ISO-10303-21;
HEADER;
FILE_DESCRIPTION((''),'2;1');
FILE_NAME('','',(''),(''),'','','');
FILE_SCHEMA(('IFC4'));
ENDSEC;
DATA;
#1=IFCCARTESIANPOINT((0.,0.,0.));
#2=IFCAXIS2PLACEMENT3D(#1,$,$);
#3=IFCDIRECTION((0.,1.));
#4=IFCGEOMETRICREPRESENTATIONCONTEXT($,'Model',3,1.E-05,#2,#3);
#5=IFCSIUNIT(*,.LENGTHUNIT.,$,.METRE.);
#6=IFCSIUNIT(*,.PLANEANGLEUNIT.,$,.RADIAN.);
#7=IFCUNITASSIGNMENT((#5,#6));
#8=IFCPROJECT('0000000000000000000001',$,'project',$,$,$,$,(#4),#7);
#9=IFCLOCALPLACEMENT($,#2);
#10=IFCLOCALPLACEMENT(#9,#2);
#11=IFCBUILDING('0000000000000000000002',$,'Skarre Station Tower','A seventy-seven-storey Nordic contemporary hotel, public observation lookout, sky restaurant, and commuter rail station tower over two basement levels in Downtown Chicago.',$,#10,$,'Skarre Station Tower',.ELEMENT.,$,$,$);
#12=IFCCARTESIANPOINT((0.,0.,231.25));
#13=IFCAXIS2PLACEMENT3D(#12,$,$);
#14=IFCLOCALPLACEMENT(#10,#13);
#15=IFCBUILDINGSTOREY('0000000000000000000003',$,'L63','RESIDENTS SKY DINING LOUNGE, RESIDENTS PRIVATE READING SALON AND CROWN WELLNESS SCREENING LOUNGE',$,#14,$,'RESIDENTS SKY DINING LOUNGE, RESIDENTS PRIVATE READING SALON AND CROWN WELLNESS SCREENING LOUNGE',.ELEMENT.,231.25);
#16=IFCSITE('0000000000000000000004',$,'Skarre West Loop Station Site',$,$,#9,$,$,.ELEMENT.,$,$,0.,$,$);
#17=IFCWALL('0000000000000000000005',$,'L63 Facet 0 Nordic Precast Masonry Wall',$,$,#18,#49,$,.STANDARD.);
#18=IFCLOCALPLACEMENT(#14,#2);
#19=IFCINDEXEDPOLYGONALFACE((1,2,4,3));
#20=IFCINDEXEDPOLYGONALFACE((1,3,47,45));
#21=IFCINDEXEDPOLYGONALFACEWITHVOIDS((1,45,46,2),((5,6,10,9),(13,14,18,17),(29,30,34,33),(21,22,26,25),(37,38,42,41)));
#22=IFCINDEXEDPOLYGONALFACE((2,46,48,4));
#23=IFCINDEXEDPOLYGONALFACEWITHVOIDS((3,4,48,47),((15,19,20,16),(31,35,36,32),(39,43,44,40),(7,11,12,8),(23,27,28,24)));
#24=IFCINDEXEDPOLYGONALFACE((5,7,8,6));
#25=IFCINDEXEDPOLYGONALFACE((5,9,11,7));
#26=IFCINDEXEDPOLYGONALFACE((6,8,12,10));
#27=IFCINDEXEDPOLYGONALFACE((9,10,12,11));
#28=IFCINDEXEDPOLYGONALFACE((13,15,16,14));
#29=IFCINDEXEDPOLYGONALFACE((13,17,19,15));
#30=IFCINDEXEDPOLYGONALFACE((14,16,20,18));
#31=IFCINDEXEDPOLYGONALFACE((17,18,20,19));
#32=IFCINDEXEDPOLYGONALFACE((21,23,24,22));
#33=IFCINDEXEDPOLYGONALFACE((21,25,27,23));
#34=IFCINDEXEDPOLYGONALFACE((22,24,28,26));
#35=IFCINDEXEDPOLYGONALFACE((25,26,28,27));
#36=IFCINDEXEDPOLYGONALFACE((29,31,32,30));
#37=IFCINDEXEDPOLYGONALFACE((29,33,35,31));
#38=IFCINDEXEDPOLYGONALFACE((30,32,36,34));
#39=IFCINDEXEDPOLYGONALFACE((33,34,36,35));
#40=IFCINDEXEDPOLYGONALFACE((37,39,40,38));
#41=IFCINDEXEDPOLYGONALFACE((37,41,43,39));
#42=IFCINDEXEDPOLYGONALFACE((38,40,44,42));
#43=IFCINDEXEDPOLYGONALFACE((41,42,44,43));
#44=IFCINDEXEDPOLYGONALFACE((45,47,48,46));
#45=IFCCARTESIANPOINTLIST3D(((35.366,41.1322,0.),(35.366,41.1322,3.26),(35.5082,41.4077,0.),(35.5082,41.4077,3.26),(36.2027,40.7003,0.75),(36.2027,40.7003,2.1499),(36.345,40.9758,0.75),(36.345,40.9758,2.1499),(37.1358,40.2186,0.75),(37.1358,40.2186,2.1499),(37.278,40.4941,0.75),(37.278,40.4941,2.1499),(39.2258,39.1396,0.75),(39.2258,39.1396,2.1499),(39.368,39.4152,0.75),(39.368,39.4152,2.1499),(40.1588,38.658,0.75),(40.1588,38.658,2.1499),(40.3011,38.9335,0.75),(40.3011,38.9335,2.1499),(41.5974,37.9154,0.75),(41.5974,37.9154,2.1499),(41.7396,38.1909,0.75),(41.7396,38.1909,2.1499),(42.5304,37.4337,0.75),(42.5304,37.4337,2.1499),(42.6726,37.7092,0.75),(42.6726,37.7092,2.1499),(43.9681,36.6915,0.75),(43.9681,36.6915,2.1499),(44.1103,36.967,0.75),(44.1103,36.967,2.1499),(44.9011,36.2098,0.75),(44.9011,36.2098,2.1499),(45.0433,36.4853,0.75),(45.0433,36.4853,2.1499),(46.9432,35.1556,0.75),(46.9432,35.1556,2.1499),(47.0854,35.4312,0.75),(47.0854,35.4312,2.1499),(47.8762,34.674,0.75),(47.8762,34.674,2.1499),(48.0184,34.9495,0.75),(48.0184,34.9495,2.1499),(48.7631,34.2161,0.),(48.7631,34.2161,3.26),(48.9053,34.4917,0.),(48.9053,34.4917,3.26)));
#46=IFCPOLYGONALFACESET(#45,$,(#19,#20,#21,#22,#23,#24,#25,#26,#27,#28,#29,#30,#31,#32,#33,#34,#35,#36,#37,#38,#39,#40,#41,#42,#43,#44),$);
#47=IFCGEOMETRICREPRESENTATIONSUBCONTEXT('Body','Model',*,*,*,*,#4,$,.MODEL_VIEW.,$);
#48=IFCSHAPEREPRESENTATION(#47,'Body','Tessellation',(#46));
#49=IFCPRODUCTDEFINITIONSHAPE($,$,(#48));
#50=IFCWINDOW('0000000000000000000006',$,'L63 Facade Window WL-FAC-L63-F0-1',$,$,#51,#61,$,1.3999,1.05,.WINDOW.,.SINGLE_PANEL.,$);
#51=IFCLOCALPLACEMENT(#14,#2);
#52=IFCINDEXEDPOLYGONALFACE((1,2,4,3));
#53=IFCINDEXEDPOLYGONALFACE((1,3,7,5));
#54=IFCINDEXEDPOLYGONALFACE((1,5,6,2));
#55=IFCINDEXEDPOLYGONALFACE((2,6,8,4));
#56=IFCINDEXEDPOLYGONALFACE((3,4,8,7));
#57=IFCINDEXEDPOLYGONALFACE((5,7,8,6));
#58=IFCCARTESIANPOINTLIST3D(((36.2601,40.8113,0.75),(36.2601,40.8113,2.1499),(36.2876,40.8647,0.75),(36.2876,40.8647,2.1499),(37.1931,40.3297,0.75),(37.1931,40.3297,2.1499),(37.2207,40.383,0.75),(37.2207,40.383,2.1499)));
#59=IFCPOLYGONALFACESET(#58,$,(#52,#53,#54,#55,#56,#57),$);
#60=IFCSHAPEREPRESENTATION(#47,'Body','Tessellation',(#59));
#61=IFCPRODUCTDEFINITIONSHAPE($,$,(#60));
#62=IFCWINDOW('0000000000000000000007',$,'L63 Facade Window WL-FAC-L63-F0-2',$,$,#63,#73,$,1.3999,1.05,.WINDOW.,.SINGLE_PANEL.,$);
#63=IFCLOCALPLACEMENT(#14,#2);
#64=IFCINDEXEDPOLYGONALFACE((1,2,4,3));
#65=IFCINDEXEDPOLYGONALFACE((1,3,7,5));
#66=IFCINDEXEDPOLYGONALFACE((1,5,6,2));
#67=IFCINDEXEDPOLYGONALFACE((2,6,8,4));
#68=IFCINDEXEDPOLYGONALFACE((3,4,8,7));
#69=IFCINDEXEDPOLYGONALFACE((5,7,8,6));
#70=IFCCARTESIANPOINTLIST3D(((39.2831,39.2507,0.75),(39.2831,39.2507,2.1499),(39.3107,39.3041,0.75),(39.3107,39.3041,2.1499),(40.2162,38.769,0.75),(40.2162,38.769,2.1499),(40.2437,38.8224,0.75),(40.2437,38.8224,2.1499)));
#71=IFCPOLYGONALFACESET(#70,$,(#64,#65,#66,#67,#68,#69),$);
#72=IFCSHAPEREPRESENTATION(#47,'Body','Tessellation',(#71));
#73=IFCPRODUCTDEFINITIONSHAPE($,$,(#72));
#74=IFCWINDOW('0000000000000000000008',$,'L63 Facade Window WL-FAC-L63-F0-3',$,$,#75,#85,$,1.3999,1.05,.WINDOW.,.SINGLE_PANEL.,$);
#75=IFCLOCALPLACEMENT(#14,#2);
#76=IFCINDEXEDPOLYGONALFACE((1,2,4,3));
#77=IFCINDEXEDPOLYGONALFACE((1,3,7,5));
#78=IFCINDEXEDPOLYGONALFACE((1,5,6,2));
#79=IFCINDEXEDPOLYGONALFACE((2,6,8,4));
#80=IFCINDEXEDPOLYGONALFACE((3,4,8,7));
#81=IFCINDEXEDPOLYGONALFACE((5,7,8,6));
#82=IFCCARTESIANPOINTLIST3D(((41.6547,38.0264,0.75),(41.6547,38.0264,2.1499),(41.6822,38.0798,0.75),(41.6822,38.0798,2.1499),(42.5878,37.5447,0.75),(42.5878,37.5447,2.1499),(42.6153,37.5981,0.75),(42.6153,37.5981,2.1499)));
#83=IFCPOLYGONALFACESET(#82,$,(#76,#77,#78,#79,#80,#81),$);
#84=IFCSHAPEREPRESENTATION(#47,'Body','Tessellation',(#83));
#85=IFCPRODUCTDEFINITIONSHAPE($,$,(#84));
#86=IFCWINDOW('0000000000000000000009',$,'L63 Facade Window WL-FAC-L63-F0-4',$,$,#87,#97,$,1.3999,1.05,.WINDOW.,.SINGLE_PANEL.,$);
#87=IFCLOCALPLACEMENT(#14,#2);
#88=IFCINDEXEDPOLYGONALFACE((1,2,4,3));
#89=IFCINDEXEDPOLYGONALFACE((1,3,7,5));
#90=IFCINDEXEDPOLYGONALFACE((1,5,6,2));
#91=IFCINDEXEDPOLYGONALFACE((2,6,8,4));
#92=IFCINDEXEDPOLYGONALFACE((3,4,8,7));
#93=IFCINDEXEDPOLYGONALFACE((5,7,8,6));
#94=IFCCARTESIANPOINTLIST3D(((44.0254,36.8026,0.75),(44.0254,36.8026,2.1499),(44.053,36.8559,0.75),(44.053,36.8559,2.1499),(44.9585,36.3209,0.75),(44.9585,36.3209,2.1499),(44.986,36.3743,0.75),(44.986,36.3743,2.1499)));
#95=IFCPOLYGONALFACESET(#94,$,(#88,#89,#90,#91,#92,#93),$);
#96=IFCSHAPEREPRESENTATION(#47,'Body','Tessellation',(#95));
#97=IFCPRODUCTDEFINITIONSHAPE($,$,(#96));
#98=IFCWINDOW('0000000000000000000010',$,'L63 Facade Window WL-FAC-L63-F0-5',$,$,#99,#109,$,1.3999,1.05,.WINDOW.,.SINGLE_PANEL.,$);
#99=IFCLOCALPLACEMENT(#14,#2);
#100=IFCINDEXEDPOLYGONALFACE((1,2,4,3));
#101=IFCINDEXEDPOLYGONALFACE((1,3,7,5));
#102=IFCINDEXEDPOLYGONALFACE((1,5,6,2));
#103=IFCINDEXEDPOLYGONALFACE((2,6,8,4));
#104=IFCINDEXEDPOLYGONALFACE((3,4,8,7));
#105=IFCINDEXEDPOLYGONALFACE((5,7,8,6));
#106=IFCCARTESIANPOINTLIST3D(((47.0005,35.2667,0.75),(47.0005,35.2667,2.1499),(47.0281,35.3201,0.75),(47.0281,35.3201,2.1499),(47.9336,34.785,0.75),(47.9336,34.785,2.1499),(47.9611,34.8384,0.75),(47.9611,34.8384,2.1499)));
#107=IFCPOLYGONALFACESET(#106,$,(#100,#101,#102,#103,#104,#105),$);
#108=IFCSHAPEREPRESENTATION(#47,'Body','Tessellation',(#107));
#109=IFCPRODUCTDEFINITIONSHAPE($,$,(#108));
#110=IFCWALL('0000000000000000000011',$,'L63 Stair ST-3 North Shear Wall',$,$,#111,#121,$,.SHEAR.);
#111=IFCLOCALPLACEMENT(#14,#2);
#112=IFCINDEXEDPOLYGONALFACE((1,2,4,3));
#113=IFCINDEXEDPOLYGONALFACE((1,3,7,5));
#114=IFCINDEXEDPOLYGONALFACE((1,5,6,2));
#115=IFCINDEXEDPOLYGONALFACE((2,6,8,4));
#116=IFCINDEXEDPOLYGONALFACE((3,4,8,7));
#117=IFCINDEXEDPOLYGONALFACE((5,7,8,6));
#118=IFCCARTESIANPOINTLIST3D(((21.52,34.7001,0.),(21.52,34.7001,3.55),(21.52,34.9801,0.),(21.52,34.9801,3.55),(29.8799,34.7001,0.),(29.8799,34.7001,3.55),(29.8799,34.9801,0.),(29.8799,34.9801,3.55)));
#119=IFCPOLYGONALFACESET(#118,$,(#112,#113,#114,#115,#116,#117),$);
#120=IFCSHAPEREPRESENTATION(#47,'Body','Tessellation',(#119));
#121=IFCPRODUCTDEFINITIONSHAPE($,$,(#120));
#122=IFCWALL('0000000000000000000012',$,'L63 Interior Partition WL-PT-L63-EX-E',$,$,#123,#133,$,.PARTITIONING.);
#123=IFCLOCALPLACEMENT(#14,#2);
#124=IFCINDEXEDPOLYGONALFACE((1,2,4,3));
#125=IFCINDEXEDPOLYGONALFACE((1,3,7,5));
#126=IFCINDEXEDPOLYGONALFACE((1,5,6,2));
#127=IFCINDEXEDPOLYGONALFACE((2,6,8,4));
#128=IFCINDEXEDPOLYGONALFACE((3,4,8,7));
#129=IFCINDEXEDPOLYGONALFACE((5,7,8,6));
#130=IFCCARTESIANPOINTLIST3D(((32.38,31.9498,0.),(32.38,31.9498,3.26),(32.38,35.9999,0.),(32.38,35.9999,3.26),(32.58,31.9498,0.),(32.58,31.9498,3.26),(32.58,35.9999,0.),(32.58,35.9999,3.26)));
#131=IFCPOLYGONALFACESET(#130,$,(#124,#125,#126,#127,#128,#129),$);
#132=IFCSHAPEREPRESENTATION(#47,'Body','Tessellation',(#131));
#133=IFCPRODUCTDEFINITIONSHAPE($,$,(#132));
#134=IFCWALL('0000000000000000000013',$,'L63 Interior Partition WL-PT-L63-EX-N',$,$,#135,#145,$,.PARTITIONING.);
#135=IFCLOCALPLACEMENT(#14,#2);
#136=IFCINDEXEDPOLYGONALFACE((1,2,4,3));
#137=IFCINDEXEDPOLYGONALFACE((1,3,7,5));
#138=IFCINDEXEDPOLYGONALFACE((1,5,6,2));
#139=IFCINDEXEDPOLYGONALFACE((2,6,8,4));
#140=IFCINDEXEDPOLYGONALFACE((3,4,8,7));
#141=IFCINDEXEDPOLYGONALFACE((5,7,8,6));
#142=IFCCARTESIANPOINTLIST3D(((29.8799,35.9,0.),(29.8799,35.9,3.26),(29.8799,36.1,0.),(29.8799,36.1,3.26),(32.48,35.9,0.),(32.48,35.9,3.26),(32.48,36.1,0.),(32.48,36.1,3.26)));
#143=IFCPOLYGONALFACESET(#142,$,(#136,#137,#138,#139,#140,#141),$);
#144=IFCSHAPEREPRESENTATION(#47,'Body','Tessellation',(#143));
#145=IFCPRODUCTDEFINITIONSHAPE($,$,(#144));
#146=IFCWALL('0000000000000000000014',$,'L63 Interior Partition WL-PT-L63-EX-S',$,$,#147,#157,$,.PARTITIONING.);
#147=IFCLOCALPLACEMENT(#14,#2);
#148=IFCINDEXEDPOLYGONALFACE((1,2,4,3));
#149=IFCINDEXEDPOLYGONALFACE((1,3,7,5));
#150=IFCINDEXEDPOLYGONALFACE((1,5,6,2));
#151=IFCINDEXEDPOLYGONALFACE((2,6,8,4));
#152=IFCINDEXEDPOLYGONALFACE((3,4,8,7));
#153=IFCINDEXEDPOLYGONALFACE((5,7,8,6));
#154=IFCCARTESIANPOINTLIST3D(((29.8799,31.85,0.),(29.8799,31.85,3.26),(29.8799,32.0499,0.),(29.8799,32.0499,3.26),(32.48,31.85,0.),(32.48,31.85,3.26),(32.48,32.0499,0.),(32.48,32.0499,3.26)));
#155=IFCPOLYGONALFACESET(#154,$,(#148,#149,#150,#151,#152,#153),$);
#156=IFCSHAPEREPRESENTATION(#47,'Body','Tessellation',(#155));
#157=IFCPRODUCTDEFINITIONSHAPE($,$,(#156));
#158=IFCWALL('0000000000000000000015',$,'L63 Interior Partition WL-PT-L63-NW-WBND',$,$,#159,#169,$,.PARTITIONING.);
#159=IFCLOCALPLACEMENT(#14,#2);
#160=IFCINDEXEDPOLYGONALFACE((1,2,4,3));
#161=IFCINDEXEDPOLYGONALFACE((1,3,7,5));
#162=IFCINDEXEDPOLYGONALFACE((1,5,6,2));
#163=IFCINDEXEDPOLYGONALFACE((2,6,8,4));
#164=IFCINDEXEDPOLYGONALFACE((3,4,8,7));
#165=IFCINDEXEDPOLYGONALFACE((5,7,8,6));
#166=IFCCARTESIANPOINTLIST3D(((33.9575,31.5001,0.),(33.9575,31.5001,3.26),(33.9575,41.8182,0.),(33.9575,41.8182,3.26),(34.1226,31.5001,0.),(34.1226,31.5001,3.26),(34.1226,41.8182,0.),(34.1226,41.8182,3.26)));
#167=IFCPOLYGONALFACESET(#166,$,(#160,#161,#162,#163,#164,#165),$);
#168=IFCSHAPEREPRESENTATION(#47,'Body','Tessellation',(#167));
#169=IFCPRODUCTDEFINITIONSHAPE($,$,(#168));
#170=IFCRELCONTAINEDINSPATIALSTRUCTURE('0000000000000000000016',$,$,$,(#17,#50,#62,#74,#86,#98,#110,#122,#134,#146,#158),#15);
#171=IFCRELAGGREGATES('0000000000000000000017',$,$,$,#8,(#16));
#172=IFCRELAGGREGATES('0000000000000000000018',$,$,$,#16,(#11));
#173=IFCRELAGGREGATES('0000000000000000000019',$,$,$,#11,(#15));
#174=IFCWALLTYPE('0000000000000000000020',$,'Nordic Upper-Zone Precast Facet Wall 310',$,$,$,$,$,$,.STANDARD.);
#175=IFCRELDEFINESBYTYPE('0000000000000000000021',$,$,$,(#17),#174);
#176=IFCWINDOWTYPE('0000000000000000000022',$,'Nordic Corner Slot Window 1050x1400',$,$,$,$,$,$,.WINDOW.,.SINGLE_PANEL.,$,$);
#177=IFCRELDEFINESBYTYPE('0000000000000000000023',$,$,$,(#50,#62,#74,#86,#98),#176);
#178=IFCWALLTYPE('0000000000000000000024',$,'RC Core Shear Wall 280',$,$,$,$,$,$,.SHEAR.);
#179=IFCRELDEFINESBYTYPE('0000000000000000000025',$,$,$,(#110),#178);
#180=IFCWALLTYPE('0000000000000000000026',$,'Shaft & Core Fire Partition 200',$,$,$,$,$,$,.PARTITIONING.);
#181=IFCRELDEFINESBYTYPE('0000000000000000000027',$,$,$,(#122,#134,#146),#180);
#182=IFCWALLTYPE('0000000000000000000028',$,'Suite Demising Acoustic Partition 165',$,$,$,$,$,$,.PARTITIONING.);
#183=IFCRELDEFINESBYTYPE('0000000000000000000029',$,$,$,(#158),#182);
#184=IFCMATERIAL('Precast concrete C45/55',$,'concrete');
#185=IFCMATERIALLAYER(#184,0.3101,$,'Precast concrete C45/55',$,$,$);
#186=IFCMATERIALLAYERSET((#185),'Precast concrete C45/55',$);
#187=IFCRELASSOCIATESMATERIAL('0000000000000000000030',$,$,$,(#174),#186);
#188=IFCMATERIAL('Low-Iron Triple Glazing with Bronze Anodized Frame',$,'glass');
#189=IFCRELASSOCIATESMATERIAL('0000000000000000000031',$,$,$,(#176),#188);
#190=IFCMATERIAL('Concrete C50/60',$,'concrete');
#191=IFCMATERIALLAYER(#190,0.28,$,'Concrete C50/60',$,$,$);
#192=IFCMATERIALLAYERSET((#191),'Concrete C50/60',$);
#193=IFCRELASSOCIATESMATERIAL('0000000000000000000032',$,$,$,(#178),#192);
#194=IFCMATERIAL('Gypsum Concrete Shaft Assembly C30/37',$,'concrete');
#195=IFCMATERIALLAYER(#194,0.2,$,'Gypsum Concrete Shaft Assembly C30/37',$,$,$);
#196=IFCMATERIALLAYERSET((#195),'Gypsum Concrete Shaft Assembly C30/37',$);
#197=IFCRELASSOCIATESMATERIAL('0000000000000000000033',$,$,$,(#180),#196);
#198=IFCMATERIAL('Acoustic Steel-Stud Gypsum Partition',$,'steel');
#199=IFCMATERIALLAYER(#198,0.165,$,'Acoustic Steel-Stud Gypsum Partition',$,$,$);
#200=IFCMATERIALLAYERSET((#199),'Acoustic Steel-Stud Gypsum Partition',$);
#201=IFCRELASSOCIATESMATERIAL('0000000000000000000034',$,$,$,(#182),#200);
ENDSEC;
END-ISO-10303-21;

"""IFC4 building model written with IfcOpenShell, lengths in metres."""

from ifc_helpers import new_model, si_unit, direction, frame, frame_2d, origin, place, context, subcontext, project, spatial, rectangle, extrude, material, layer, layer_set, type_object, element, fill, save


model = new_model("IFC4")

# Units and contexts
model_context = context("Model", 3, precision=1e-05, world=origin(), true_north=direction((0.0, 1.0)))
body_context = subcontext(model_context, "Body", "Model", "MODEL_VIEW")
ifc_project = project(units=[si_unit("LENGTHUNIT", "METRE"), si_unit("PLANEANGLEUNIT", "RADIAN")], contexts=[model_context])

# Site, building, storey
site_placement = place(None, origin())
site = spatial("IfcSite", under=ifc_project, at=site_placement, Name="Skarre West Loop Station Site", CompositionType="ELEMENT", RefElevation=0.0)
building_placement = place(site_placement, origin())
building = spatial("IfcBuilding", under=site, at=building_placement, Name="Skarre Station Tower", Description="A seventy-seven-storey Nordic contemporary hotel, public observation lookout, sky restaurant, and commuter rail station tower over two basement levels in Downtown Chicago.", LongName="Skarre Station Tower", CompositionType="ELEMENT")
storey_placement = place(building_placement, frame((0.0, 0.0, 231.25)))
storey = spatial("IfcBuildingStorey", under=building, at=storey_placement, Name="L63", Description="RESIDENTS SKY DINING LOUNGE, RESIDENTS PRIVATE READING SALON AND CROWN WELLNESS SCREENING LOUNGE", LongName="RESIDENTS SKY DINING LOUNGE, RESIDENTS PRIVATE READING SALON AND CROWN WELLNESS SCREENING LOUNGE", CompositionType="ELEMENT", Elevation=231.25)

# Shared definitions
ifc_material_1 = material(Name="Concrete C50/60", Category="concrete")

# Shared definitions
ifc_material_2 = material(Name="Acoustic Steel-Stud Gypsum Partition", Category="steel")

# Shared definitions
ifc_material_3 = material(Name="Precast concrete C45/55", Category="concrete")

# Wall, openings, windows
ifc_layer_1 = layer(ifc_material_3, 0.3101, Name="Precast concrete C45/55")
ifc_layer_set_1 = layer_set([ifc_layer_1], Name="Precast concrete C45/55")
wall_type_1 = type_object("IfcWallType", Name="Nordic Upper-Zone Precast Facet Wall 310", PredefinedType="STANDARD", material=ifc_layer_set_1)
wall_1_placement = place(storey_placement, frame((35.437, 41.27, 0.0), z_axis=(0.0, 0.0, 1.0), x_axis=(0.888581, -0.458719, 0.0)))
wall_1 = element("IfcWall", 1, at=wall_1_placement, inside=storey, type_object=wall_type_1, Name="L63 Facet 0 Nordic Precast Masonry Wall", PredefinedType="STANDARD", context=body_context, shape_type="SweptSolid", body=[
    extrude(rectangle(XDim=15.0769, YDim=0.3101, at=frame_2d((7.5386, 0.0))), origin(), (0.0, 0.0, 1.0), 3.26),
])
opening_1_placement = place(wall_1_placement, frame((0.9419, 0.0, 0.75)))
opening_1 = element("IfcOpeningElement", 2, at=opening_1_placement, cuts=wall_1, PredefinedType="OPENING", context=body_context, shape_type="SweptSolid", body=[
    extrude(rectangle(XDim=1.05, YDim=1.3999, at=frame_2d((0.5249, 0.7))), frame((0.0, 0.165, 0.0), z_axis=(0.0, -1.0, 0.0), x_axis=(1.0, 0.0, 0.0)), (0.0, 0.0, 1.0), 0.3301),
])
opening_2_placement = place(wall_1_placement, frame((4.344, 0.0, 0.75)))
opening_2 = element("IfcOpeningElement", 3, at=opening_2_placement, cuts=wall_1, PredefinedType="OPENING", context=body_context, shape_type="SweptSolid", body=[
    extrude(rectangle(XDim=1.05, YDim=1.3999, at=frame_2d((0.5249, 0.7))), frame((0.0, 0.165, 0.0), z_axis=(0.0, -1.0, 0.0), x_axis=(1.0, 0.0, 0.0)), (0.0, 0.0, 1.0), 0.3301),
])
opening_3_placement = place(wall_1_placement, frame((7.0129, 0.0, 0.75)))
opening_3 = element("IfcOpeningElement", 4, at=opening_3_placement, cuts=wall_1, PredefinedType="OPENING", context=body_context, shape_type="SweptSolid", body=[
    extrude(rectangle(XDim=1.05, YDim=1.3999, at=frame_2d((0.5249, 0.7))), frame((0.0, 0.165, 0.0), z_axis=(0.0, -1.0, 0.0), x_axis=(1.0, 0.0, 0.0)), (0.0, 0.0, 1.0), 0.3301),
])
opening_4_placement = place(wall_1_placement, frame((9.6809, 0.0, 0.75)))
opening_4 = element("IfcOpeningElement", 5, at=opening_4_placement, cuts=wall_1, PredefinedType="OPENING", context=body_context, shape_type="SweptSolid", body=[
    extrude(rectangle(XDim=1.05, YDim=1.3999, at=frame_2d((0.5249, 0.7))), frame((0.0, 0.165, 0.0), z_axis=(0.0, -1.0, 0.0), x_axis=(1.0, 0.0, 0.0)), (0.0, 0.0, 1.0), 0.3301),
])
opening_5_placement = place(wall_1_placement, frame((13.0291, 0.0, 0.75)))
opening_5 = element("IfcOpeningElement", 6, at=opening_5_placement, cuts=wall_1, PredefinedType="OPENING", context=body_context, shape_type="SweptSolid", body=[
    extrude(rectangle(XDim=1.05, YDim=1.3999, at=frame_2d((0.5249, 0.7))), frame((0.0, 0.165, 0.0), z_axis=(0.0, -1.0, 0.0), x_axis=(1.0, 0.0, 0.0)), (0.0, 0.0, 1.0), 0.3301),
])
ifc_material_4 = material(Name="Low-Iron Triple Glazing with Bronze Anodized Frame", Category="glass")
window_type = type_object("IfcWindowType", Name="Nordic Corner Slot Window 1050x1400", PartitioningType="SINGLE_PANEL", PredefinedType="WINDOW", material=ifc_material_4)
window_1_placement = place(opening_1_placement, origin())
window_1 = element("IfcWindow", 7, at=window_1_placement, inside=storey, type_object=window_type, Name="L63 Facade Window WL-FAC-L63-F0-1", OverallHeight=1.3999, OverallWidth=1.05, PartitioningType="SINGLE_PANEL", PredefinedType="WINDOW", context=body_context, shape_type="SweptSolid", body=[
    extrude(rectangle(XDim=1.05, YDim=1.3999, at=frame_2d((0.5249, 0.7))), frame((0.0, 0.03, 0.0), z_axis=(0.0, -1.0, 0.0), x_axis=(1.0, 0.0, 0.0)), (0.0, 0.0, 1.0), 0.0601),
])
fill(opening_1, window_1)
window_2_placement = place(opening_2_placement, origin())
window_2 = element("IfcWindow", 8, at=window_2_placement, inside=storey, type_object=window_type, Name="L63 Facade Window WL-FAC-L63-F0-2", OverallHeight=1.3999, OverallWidth=1.05, PartitioningType="SINGLE_PANEL", PredefinedType="WINDOW", context=body_context, shape_type="SweptSolid", body=[
    extrude(rectangle(XDim=1.05, YDim=1.3999, at=frame_2d((0.5249, 0.7))), frame((0.0, 0.03, 0.0), z_axis=(0.0, -1.0, 0.0), x_axis=(1.0, 0.0, 0.0)), (0.0, 0.0, 1.0), 0.0601),
])
fill(opening_2, window_2)
window_3_placement = place(opening_3_placement, origin())
window_3 = element("IfcWindow", 9, at=window_3_placement, inside=storey, type_object=window_type, Name="L63 Facade Window WL-FAC-L63-F0-3", OverallHeight=1.3999, OverallWidth=1.05, PartitioningType="SINGLE_PANEL", PredefinedType="WINDOW", context=body_context, shape_type="SweptSolid", body=[
    extrude(rectangle(XDim=1.05, YDim=1.3999, at=frame_2d((0.5249, 0.7))), frame((0.0, 0.03, 0.0), z_axis=(0.0, -1.0, 0.0), x_axis=(1.0, 0.0, 0.0)), (0.0, 0.0, 1.0), 0.0601),
])
fill(opening_3, window_3)
window_4_placement = place(opening_4_placement, origin())
window_4 = element("IfcWindow", 10, at=window_4_placement, inside=storey, type_object=window_type, Name="L63 Facade Window WL-FAC-L63-F0-4", OverallHeight=1.3999, OverallWidth=1.05, PartitioningType="SINGLE_PANEL", PredefinedType="WINDOW", context=body_context, shape_type="SweptSolid", body=[
    extrude(rectangle(XDim=1.05, YDim=1.3999, at=frame_2d((0.5249, 0.7))), frame((0.0, 0.03, 0.0), z_axis=(0.0, -1.0, 0.0), x_axis=(1.0, 0.0, 0.0)), (0.0, 0.0, 1.0), 0.0601),
])
fill(opening_4, window_4)
window_5_placement = place(opening_5_placement, origin())
window_5 = element("IfcWindow", 11, at=window_5_placement, inside=storey, type_object=window_type, Name="L63 Facade Window WL-FAC-L63-F0-5", OverallHeight=1.3999, OverallWidth=1.05, PartitioningType="SINGLE_PANEL", PredefinedType="WINDOW", context=body_context, shape_type="SweptSolid", body=[
    extrude(rectangle(XDim=1.05, YDim=1.3999, at=frame_2d((0.5249, 0.7))), frame((0.0, 0.03, 0.0), z_axis=(0.0, -1.0, 0.0), x_axis=(1.0, 0.0, 0.0)), (0.0, 0.0, 1.0), 0.0601),
])
fill(opening_5, window_5)

# Walls
ifc_layer_2 = layer(ifc_material_1, 0.28, Name="Concrete C50/60")
ifc_layer_set_2 = layer_set([ifc_layer_2], Name="Concrete C50/60")
wall_type_2 = type_object("IfcWallType", Name="RC Core Shear Wall 280", PredefinedType="SHEAR", material=ifc_layer_set_2)
wall_2_placement = place(storey_placement, frame((29.8799, 34.8401, 0.0), z_axis=(0.0, 0.0, 1.0), x_axis=(-1.0, 0.0, 0.0)))
element("IfcWall", 12, at=wall_2_placement, inside=storey, type_object=wall_type_2, Name="L63 Stair ST-3 North Shear Wall", PredefinedType="SHEAR", context=body_context, shape_type="SweptSolid", body=[
    extrude(rectangle(XDim=8.3599, YDim=0.28, at=frame_2d((4.1799, 0.0))), origin(), (0.0, 0.0, 1.0), 3.55),
])
ifc_material_5 = material(Name="Gypsum Concrete Shaft Assembly C30/37", Category="concrete")
ifc_layer_3 = layer(ifc_material_5, 0.2, Name="Gypsum Concrete Shaft Assembly C30/37")
ifc_layer_set_3 = layer_set([ifc_layer_3], Name="Gypsum Concrete Shaft Assembly C30/37")
wall_type_3 = type_object("IfcWallType", Name="Shaft & Core Fire Partition 200", PredefinedType="PARTITIONING", material=ifc_layer_set_3)
wall_3_placement = place(storey_placement, frame((32.48, 31.95, 0.0), z_axis=(0.0, 0.0, 1.0), x_axis=(0.0, 1.0, 0.0)))
element("IfcWall", 13, at=wall_3_placement, inside=storey, type_object=wall_type_3, Name="L63 Interior Partition WL-PT-L63-EX-E", PredefinedType="PARTITIONING", context=body_context, shape_type="SweptSolid", body=[
    extrude(rectangle(XDim=4.05, YDim=0.2, at=frame_2d((2.0249, 0.0))), origin(), (0.0, 0.0, 1.0), 3.26),
])
for number, where, z_axis, x_axis, name in (
    (14, (29.8799, 36.0, 0.0), (0.0, 0.0, 1.0), (1.0, 0.0, 0.0), "L63 Interior Partition WL-PT-L63-EX-N"),
    (15, (32.48, 31.95, 0.0), (0.0, 0.0, 1.0), (-1.0, 0.0, 0.0), "L63 Interior Partition WL-PT-L63-EX-S"),
):
    element("IfcWall", number, at=place(storey_placement, frame(where, z_axis=z_axis, x_axis=x_axis)), inside=storey, type_object=wall_type_3, Name=name, PredefinedType="PARTITIONING", context=body_context, shape_type="SweptSolid", body=[
        extrude(rectangle(XDim=2.6001, YDim=0.2, at=frame_2d((1.3, 0.0))), origin(), (0.0, 0.0, 1.0), 3.26),
    ])
ifc_layer_4 = layer(ifc_material_2, 0.165, Name="Acoustic Steel-Stud Gypsum Partition")
ifc_layer_set_4 = layer_set([ifc_layer_4], Name="Acoustic Steel-Stud Gypsum Partition")
wall_type_4 = type_object("IfcWallType", Name="Suite Demising Acoustic Partition 165", PredefinedType="PARTITIONING", material=ifc_layer_set_4)
wall_4_placement = place(storey_placement, frame((34.04, 31.5, 0.0), z_axis=(0.0, 0.0, 1.0), x_axis=(0.0, 1.0, 0.0)))
element("IfcWall", 16, at=wall_4_placement, inside=storey, type_object=wall_type_4, Name="L63 Interior Partition WL-PT-L63-NW-WBND", PredefinedType="PARTITIONING", context=body_context, shape_type="SweptSolid", body=[
    extrude(rectangle(XDim=10.3181, YDim=0.165, at=frame_2d((5.1592, 0.0))), origin(), (0.0, 0.0, 1.0), 3.26),
])

save(model, "model.ifc")
